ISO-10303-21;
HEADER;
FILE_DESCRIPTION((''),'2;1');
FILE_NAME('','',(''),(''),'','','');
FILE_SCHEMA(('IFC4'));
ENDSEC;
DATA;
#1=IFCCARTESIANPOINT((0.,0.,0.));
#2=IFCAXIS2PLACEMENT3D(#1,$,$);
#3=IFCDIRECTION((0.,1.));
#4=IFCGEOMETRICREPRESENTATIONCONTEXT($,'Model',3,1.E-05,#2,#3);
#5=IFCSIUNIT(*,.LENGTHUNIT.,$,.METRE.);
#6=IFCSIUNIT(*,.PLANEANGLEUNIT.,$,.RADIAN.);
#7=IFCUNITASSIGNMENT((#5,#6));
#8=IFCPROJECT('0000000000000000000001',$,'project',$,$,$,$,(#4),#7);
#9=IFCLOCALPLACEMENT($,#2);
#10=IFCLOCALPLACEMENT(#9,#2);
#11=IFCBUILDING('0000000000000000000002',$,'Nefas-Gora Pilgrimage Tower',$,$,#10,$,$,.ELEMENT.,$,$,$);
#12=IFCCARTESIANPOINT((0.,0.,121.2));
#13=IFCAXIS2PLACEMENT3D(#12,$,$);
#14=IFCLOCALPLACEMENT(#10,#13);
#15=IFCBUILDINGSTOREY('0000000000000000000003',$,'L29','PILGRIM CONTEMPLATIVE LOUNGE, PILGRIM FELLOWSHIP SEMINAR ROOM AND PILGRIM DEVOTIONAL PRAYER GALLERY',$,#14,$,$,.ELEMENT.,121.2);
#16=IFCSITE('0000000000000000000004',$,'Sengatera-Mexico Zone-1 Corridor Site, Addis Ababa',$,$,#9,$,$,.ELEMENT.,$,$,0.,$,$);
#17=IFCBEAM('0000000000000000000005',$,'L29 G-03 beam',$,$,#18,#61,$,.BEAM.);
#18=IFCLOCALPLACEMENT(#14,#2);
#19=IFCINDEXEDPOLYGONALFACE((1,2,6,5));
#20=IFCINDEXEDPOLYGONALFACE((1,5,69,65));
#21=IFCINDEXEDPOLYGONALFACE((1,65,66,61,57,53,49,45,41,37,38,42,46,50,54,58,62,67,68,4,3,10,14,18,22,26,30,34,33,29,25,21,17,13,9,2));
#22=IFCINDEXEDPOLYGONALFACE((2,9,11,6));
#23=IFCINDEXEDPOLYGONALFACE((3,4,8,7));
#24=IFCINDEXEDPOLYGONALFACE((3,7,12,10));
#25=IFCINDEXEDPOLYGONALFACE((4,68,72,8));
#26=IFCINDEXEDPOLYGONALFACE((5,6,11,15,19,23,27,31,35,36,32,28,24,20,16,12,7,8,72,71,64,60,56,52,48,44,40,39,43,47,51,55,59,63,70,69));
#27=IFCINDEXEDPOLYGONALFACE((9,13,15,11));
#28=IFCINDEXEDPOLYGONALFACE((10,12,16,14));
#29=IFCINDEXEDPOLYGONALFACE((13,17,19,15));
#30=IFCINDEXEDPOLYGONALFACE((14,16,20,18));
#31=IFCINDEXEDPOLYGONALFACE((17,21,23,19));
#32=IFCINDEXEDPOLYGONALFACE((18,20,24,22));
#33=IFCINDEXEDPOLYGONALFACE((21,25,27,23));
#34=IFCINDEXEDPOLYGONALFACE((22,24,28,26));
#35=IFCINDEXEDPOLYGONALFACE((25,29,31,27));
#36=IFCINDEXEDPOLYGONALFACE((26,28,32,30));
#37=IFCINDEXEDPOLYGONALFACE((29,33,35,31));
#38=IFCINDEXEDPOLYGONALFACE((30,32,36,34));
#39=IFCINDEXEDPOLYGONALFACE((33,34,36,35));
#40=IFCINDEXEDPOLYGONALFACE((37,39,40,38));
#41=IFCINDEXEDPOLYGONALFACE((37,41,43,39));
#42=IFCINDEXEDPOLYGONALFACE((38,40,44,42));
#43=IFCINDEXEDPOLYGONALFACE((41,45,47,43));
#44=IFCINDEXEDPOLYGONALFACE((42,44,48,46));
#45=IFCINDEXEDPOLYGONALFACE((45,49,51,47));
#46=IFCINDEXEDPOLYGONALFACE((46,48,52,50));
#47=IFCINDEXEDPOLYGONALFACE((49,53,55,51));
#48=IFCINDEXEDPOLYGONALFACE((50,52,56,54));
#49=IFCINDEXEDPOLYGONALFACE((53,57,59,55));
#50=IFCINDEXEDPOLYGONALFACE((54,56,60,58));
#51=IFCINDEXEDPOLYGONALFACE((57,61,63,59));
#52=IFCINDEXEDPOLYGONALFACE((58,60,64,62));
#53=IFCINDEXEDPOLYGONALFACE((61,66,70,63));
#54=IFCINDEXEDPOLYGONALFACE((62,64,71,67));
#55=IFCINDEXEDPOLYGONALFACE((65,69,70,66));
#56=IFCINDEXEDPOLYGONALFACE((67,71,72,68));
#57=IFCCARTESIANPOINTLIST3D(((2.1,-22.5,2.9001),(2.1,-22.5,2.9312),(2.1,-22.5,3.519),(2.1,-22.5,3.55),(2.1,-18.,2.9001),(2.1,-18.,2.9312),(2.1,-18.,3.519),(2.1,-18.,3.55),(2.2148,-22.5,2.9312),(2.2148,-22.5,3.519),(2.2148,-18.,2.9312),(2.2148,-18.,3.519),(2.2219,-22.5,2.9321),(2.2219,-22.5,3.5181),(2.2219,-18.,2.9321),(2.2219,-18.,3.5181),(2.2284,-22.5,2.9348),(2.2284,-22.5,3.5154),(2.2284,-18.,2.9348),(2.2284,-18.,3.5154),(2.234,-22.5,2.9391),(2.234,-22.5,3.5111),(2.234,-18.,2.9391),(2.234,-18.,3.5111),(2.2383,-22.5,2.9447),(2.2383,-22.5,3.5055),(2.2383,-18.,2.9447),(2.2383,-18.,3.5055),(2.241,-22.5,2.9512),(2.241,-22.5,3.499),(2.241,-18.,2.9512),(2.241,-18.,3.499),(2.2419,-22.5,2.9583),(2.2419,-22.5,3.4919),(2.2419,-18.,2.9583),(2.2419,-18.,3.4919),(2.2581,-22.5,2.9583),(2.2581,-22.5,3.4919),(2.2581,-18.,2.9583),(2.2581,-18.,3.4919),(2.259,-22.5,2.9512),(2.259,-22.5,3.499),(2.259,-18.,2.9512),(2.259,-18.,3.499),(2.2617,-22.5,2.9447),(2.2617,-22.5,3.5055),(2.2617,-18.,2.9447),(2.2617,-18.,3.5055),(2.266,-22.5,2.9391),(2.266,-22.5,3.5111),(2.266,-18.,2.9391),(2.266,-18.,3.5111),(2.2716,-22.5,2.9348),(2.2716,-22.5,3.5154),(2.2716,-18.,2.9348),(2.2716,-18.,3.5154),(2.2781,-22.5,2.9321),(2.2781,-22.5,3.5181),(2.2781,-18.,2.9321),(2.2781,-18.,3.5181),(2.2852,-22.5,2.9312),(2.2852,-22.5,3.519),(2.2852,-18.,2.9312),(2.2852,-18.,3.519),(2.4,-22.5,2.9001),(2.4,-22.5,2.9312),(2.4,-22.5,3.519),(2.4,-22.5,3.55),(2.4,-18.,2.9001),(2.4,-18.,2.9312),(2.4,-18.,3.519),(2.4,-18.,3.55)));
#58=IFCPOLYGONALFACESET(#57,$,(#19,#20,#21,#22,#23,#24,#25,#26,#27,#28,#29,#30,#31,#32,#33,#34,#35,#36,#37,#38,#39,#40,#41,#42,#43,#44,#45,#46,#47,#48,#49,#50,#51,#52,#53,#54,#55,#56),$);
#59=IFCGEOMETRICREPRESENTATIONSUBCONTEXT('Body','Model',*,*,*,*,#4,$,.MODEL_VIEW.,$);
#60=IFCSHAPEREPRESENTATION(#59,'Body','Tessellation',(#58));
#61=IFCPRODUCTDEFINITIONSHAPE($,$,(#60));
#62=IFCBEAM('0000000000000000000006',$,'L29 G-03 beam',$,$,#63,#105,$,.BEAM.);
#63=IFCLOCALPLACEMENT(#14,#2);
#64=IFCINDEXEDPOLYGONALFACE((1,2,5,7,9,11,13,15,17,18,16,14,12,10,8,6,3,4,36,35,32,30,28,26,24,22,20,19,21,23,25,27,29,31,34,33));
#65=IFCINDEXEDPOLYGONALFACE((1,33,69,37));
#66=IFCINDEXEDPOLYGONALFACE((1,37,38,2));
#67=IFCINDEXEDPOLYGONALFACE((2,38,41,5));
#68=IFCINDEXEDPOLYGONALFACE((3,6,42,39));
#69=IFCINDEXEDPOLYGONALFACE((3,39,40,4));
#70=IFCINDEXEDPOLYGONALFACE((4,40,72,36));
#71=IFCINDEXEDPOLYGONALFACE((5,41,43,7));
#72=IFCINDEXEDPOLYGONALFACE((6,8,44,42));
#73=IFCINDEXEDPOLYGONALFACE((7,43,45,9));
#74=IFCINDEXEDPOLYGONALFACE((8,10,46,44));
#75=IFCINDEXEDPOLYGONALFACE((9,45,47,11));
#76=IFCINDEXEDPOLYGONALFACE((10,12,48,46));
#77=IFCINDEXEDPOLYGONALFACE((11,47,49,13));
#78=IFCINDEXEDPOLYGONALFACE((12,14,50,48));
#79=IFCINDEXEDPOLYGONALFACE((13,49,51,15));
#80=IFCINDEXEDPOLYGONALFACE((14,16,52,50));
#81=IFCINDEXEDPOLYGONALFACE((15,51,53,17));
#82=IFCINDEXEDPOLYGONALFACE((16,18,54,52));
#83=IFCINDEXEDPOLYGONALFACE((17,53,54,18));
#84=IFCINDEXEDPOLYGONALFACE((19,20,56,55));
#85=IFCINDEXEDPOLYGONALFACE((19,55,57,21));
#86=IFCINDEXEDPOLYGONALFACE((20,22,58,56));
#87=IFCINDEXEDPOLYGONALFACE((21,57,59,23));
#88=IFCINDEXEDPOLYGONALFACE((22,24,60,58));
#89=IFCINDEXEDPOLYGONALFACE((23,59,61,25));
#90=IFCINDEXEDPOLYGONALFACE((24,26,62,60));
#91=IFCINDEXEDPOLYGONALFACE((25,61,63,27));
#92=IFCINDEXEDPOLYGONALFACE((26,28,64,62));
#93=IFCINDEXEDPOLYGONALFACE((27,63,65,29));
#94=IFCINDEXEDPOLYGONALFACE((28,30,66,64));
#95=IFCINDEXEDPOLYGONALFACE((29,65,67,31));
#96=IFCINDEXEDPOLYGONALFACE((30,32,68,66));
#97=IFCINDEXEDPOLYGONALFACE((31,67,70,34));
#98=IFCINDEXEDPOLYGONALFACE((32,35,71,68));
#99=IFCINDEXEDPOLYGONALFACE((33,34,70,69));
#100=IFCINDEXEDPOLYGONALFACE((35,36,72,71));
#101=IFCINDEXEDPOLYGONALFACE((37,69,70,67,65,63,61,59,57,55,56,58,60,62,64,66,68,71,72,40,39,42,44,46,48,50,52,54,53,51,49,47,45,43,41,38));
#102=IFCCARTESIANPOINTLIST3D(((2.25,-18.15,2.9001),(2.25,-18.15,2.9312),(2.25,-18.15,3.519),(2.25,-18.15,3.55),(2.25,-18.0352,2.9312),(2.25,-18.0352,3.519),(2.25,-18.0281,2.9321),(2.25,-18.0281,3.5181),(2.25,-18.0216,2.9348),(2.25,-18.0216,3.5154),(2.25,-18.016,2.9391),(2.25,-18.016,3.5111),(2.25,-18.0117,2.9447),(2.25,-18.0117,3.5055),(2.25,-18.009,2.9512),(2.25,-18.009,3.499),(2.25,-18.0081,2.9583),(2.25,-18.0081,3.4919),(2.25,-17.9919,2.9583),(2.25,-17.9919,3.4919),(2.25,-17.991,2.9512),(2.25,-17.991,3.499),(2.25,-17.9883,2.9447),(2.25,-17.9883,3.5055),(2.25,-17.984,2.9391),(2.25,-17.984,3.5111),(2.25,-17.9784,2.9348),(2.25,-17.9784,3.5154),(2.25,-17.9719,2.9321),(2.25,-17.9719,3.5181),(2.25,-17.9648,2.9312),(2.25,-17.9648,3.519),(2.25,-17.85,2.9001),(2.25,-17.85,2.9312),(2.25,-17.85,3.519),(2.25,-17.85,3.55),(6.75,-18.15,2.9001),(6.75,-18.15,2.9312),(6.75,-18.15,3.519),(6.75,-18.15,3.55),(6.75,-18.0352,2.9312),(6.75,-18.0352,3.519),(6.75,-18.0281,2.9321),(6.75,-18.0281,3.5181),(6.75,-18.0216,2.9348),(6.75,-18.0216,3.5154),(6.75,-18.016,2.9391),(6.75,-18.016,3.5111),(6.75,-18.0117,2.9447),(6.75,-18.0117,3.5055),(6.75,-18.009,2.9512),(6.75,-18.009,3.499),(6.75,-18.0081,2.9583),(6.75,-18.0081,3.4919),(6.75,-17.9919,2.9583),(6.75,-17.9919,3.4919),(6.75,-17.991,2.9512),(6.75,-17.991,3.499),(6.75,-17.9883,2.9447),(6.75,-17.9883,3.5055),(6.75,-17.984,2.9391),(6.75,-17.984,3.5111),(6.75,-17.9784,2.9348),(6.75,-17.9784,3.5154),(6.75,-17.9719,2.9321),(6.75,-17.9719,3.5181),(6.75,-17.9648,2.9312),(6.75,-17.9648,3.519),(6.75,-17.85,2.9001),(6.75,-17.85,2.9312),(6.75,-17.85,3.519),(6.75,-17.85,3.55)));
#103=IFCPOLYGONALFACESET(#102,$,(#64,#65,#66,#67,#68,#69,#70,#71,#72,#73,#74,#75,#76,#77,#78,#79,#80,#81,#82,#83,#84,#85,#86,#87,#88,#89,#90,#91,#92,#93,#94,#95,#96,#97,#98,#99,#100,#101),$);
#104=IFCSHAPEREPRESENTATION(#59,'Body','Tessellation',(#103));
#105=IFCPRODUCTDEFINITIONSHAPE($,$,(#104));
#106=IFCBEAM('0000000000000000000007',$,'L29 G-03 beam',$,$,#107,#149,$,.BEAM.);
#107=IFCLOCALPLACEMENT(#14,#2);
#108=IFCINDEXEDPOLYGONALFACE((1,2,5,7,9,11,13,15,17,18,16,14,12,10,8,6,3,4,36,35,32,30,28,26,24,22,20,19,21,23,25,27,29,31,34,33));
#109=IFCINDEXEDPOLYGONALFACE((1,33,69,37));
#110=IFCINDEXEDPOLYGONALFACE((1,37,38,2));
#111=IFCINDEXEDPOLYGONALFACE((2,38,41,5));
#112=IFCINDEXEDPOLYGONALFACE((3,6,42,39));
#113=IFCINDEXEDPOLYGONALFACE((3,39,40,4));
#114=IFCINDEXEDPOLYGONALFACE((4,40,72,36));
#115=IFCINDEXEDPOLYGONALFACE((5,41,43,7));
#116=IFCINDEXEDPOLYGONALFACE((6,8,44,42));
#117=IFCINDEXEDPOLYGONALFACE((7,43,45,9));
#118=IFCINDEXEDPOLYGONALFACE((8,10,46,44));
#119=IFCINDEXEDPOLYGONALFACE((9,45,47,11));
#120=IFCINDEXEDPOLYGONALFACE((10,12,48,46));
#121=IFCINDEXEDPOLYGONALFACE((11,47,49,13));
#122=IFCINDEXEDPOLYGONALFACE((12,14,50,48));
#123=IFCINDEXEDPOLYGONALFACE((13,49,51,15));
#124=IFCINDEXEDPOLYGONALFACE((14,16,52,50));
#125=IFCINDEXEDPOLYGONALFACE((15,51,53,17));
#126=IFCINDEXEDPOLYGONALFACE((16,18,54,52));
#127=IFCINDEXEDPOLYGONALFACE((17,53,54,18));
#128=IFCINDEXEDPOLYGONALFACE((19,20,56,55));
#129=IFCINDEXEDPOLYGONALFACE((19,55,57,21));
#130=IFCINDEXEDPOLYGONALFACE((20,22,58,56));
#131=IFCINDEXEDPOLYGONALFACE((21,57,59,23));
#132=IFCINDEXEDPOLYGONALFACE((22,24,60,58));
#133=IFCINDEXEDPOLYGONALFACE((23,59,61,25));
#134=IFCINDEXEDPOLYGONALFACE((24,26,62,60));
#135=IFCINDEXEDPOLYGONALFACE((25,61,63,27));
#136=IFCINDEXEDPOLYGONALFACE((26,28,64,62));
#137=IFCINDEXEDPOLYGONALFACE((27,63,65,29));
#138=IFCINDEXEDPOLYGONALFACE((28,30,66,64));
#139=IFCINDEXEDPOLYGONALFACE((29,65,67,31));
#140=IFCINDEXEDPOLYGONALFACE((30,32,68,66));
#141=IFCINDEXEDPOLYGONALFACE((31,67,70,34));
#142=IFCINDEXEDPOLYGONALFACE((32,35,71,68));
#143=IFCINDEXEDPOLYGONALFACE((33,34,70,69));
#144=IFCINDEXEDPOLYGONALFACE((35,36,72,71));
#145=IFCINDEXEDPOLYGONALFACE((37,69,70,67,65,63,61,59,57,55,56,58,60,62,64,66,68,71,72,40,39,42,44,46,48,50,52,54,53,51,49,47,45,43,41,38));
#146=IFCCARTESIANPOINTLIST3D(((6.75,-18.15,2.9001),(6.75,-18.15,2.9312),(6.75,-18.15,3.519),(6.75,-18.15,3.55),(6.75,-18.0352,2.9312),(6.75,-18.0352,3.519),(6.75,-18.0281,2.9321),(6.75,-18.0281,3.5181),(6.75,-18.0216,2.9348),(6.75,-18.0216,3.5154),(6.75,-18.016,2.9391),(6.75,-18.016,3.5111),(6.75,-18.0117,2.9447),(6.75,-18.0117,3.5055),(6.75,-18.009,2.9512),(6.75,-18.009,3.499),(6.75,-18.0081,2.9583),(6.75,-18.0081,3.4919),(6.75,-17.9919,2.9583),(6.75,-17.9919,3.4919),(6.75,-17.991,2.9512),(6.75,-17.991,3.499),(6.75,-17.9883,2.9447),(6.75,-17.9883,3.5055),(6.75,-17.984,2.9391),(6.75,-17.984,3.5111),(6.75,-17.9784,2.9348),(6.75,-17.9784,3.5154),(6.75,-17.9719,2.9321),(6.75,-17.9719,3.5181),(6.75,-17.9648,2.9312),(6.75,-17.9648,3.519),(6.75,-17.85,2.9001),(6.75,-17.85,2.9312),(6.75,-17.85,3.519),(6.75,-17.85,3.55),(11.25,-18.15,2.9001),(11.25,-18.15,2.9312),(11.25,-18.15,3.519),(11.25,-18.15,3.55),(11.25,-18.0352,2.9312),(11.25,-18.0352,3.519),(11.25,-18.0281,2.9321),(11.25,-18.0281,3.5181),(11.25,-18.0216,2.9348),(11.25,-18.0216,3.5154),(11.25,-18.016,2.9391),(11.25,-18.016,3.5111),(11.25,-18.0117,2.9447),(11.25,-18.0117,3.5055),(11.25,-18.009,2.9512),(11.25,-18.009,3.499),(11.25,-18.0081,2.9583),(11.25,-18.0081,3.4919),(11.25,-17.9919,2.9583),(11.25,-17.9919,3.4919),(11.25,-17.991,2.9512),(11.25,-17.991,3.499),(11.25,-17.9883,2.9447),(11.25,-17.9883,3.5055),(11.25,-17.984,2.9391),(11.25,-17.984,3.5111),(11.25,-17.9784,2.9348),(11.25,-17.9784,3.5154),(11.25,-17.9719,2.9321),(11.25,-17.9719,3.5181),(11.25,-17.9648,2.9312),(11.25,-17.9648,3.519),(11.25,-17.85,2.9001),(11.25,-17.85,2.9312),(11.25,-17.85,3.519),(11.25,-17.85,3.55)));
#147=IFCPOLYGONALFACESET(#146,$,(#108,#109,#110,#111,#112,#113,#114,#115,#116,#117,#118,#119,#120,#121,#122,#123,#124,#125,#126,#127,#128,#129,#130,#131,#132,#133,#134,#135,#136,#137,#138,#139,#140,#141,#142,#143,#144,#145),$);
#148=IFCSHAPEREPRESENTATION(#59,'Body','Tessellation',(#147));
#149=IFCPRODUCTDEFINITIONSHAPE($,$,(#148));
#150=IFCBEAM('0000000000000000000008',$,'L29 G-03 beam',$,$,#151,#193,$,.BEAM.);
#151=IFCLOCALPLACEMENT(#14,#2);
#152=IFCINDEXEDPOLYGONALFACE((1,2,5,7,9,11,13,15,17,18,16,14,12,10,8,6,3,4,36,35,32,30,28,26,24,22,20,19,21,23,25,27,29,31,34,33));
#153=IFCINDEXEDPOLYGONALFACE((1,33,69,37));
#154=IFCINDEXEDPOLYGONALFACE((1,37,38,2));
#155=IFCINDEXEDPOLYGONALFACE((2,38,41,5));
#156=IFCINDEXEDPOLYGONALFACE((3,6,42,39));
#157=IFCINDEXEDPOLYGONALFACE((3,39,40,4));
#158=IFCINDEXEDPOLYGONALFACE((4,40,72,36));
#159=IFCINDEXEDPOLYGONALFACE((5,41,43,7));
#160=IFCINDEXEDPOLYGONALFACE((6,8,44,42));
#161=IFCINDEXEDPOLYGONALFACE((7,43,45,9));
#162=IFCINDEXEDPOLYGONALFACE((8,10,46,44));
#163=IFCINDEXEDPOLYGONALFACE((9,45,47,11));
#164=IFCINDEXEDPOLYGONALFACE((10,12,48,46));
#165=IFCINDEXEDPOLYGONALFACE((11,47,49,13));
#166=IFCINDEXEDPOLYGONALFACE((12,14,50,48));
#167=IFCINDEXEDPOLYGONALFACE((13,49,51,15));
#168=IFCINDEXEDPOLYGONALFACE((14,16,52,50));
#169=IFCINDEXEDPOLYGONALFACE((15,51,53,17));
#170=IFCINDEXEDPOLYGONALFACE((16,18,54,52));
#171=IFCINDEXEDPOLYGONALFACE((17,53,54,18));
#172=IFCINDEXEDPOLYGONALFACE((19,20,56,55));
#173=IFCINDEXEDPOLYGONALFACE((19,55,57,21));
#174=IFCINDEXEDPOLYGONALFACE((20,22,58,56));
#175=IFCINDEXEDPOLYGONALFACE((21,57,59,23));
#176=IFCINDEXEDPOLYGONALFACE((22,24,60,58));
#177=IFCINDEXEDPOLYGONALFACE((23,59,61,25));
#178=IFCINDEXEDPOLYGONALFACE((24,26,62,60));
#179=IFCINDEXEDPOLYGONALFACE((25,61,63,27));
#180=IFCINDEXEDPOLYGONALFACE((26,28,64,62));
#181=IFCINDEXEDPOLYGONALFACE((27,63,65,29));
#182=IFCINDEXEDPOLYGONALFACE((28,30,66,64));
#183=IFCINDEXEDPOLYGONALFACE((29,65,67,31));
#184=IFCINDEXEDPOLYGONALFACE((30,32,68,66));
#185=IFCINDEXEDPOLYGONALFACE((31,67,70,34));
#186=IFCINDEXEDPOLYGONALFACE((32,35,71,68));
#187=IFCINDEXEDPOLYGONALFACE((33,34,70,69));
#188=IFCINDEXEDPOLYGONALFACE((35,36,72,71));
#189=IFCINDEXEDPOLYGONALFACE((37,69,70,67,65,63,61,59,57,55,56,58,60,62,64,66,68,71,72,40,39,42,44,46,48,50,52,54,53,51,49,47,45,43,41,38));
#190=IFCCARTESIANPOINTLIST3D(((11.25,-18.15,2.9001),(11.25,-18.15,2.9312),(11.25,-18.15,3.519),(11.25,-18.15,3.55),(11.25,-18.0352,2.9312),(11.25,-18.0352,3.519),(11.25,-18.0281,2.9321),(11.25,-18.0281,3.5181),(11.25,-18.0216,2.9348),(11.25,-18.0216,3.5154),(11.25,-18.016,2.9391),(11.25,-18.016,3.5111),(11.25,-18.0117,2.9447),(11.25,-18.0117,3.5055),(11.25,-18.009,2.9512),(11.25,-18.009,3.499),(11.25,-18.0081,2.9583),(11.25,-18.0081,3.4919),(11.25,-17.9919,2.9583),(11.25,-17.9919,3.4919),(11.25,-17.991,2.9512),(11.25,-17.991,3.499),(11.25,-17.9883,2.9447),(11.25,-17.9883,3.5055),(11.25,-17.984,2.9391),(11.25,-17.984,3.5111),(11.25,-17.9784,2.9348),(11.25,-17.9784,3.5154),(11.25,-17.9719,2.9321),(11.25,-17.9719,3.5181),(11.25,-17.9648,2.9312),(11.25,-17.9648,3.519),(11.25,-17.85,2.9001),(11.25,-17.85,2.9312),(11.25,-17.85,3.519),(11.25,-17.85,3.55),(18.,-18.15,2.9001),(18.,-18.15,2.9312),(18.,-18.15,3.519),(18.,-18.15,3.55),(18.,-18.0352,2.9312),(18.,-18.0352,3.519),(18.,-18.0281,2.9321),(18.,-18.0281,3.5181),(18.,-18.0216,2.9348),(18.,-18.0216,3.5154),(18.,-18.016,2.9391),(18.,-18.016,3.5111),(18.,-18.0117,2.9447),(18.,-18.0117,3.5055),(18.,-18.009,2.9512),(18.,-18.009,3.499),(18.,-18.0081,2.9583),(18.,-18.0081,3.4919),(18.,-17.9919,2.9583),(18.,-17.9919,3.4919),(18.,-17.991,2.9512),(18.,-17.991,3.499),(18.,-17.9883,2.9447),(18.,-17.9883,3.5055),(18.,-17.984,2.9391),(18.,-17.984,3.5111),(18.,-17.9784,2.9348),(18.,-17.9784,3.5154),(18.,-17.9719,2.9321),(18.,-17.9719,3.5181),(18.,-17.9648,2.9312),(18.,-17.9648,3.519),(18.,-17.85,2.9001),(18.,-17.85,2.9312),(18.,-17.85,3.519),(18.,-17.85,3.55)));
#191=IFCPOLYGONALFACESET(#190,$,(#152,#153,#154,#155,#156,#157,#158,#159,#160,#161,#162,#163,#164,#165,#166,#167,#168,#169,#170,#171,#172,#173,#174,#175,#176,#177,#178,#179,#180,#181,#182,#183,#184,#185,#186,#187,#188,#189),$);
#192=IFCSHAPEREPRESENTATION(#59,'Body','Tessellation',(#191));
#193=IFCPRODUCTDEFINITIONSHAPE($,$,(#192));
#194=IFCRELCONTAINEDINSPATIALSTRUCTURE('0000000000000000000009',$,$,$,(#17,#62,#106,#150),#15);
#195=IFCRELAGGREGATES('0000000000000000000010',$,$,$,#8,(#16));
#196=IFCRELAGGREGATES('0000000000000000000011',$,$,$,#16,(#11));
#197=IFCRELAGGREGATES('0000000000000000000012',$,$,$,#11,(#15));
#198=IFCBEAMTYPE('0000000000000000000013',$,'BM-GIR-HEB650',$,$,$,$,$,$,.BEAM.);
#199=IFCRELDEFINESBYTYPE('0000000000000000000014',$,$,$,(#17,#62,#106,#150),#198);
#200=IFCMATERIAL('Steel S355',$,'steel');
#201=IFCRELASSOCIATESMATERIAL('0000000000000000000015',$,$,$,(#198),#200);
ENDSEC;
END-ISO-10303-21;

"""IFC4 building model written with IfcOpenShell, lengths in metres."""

from ifc_helpers import new_model, si_unit, direction, frame, origin, origin_2d, place, context, subcontext, project, spatial, i_section, extrude, source, transform, mapped, material, material_profile, profile_set, type_object, element, save


model = new_model("IFC4")

# Units and contexts
model_context = context("Model", 3, precision=1e-05, world=origin(), true_north=direction((0.0, 1.0)))
body_context = subcontext(model_context, "Body", "Model", "MODEL_VIEW")
ifc_project = project(units=[si_unit("LENGTHUNIT", "METRE"), si_unit("PLANEANGLEUNIT", "RADIAN")], contexts=[model_context])

# Site, building, storey
site_placement = place(None, origin())
site = spatial("IfcSite", under=ifc_project, at=site_placement, Name="Sengatera-Mexico Zone-1 Corridor Site, Addis Ababa", CompositionType="ELEMENT", RefElevation=0.0)
building_placement = place(site_placement, origin())
building = spatial("IfcBuilding", under=site, at=building_placement, Name="Nefas-Gora Pilgrimage Tower", CompositionType="ELEMENT")
storey_placement = place(building_placement, frame((0.0, 0.0, 121.2)))
storey = spatial("IfcBuildingStorey", under=building, at=storey_placement, Name="L29", Description="PILGRIM CONTEMPLATIVE LOUNGE, PILGRIM FELLOWSHIP SEMINAR ROOM AND PILGRIM DEVOTIONAL PRAYER GALLERY", CompositionType="ELEMENT", Elevation=121.2)

# Beams
ifc_material_1 = material(Name="Steel S355", Category="steel")
ifc_material_profile_1 = material_profile(ifc_material_1, i_section(OverallWidth=0.3, OverallDepth=0.6499, WebThickness=0.0161, FlangeThickness=0.031, FilletRadius=0.0271, at=origin_2d()), Name="HEB 650")
ifc_profile_set_1 = profile_set([ifc_material_profile_1], Name="Steel S355")
beam_type_1 = type_object("IfcBeamType", Name="BM-GIR-HEB650", PredefinedType="BEAM", material=ifc_profile_set_1)
shared_shape_1 = source(origin(), body_context, "Body", "SweptSolid", [
    extrude(i_section(OverallWidth=0.3, OverallDepth=0.6499, WebThickness=0.0161, FlangeThickness=0.031, FilletRadius=0.0271, at=origin_2d()), origin(), (0.0, 0.0, 1.0), 4.5),
])
for number, where, z_axis, x_axis, name in (
    (1, (2.25, -22.5, 3.2251), (0.0, 1.0, 0.0), (-1.0, 0.0, 0.0), "L29 G-03 beam"),
    (2, (2.25, -18.0, 3.2251), (1.0, 0.0, 0.0), (0.0, 1.0, 0.0), "L29 G-03 beam"),
    (3, (6.75, -18.0, 3.2251), (1.0, 0.0, 0.0), (0.0, 1.0, 0.0), "L29 G-03 beam"),
):
    element("IfcBeam", number, at=place(storey_placement, frame(where, z_axis=z_axis, x_axis=x_axis)), inside=storey, type_object=beam_type_1, Name=name, PredefinedType="BEAM", context=body_context, shape_type="MappedRepresentation", body=[
        mapped(shared_shape_1, transform((0.0, 0.0, 0.0), x_axis=(1.0, 0.0, 0.0), y_axis=(0.0, 1.0, 0.0), z_axis=(0.0, 0.0, 1.0), scale=1.0)),
    ])
shared_shape_2 = source(origin(), body_context, "Body", "SweptSolid", [
    extrude(i_section(OverallWidth=0.3, OverallDepth=0.6499, WebThickness=0.0161, FlangeThickness=0.031, FilletRadius=0.0271, at=origin_2d()), origin(), (0.0, 0.0, 1.0), 6.75),
])
beam_1_placement = place(storey_placement, frame((11.25, -18.0, 3.2251), z_axis=(1.0, 0.0, 0.0), x_axis=(0.0, 1.0, 0.0)))
element("IfcBeam", 4, at=beam_1_placement, inside=storey, type_object=beam_type_1, Name="L29 G-03 beam", PredefinedType="BEAM", context=body_context, shape_type="MappedRepresentation", body=[
    mapped(shared_shape_2, transform((0.0, 0.0, 0.0), x_axis=(1.0, 0.0, 0.0), y_axis=(0.0, 1.0, 0.0), z_axis=(0.0, 0.0, 1.0), scale=1.0)),
])

save(model, "model.ifc")
